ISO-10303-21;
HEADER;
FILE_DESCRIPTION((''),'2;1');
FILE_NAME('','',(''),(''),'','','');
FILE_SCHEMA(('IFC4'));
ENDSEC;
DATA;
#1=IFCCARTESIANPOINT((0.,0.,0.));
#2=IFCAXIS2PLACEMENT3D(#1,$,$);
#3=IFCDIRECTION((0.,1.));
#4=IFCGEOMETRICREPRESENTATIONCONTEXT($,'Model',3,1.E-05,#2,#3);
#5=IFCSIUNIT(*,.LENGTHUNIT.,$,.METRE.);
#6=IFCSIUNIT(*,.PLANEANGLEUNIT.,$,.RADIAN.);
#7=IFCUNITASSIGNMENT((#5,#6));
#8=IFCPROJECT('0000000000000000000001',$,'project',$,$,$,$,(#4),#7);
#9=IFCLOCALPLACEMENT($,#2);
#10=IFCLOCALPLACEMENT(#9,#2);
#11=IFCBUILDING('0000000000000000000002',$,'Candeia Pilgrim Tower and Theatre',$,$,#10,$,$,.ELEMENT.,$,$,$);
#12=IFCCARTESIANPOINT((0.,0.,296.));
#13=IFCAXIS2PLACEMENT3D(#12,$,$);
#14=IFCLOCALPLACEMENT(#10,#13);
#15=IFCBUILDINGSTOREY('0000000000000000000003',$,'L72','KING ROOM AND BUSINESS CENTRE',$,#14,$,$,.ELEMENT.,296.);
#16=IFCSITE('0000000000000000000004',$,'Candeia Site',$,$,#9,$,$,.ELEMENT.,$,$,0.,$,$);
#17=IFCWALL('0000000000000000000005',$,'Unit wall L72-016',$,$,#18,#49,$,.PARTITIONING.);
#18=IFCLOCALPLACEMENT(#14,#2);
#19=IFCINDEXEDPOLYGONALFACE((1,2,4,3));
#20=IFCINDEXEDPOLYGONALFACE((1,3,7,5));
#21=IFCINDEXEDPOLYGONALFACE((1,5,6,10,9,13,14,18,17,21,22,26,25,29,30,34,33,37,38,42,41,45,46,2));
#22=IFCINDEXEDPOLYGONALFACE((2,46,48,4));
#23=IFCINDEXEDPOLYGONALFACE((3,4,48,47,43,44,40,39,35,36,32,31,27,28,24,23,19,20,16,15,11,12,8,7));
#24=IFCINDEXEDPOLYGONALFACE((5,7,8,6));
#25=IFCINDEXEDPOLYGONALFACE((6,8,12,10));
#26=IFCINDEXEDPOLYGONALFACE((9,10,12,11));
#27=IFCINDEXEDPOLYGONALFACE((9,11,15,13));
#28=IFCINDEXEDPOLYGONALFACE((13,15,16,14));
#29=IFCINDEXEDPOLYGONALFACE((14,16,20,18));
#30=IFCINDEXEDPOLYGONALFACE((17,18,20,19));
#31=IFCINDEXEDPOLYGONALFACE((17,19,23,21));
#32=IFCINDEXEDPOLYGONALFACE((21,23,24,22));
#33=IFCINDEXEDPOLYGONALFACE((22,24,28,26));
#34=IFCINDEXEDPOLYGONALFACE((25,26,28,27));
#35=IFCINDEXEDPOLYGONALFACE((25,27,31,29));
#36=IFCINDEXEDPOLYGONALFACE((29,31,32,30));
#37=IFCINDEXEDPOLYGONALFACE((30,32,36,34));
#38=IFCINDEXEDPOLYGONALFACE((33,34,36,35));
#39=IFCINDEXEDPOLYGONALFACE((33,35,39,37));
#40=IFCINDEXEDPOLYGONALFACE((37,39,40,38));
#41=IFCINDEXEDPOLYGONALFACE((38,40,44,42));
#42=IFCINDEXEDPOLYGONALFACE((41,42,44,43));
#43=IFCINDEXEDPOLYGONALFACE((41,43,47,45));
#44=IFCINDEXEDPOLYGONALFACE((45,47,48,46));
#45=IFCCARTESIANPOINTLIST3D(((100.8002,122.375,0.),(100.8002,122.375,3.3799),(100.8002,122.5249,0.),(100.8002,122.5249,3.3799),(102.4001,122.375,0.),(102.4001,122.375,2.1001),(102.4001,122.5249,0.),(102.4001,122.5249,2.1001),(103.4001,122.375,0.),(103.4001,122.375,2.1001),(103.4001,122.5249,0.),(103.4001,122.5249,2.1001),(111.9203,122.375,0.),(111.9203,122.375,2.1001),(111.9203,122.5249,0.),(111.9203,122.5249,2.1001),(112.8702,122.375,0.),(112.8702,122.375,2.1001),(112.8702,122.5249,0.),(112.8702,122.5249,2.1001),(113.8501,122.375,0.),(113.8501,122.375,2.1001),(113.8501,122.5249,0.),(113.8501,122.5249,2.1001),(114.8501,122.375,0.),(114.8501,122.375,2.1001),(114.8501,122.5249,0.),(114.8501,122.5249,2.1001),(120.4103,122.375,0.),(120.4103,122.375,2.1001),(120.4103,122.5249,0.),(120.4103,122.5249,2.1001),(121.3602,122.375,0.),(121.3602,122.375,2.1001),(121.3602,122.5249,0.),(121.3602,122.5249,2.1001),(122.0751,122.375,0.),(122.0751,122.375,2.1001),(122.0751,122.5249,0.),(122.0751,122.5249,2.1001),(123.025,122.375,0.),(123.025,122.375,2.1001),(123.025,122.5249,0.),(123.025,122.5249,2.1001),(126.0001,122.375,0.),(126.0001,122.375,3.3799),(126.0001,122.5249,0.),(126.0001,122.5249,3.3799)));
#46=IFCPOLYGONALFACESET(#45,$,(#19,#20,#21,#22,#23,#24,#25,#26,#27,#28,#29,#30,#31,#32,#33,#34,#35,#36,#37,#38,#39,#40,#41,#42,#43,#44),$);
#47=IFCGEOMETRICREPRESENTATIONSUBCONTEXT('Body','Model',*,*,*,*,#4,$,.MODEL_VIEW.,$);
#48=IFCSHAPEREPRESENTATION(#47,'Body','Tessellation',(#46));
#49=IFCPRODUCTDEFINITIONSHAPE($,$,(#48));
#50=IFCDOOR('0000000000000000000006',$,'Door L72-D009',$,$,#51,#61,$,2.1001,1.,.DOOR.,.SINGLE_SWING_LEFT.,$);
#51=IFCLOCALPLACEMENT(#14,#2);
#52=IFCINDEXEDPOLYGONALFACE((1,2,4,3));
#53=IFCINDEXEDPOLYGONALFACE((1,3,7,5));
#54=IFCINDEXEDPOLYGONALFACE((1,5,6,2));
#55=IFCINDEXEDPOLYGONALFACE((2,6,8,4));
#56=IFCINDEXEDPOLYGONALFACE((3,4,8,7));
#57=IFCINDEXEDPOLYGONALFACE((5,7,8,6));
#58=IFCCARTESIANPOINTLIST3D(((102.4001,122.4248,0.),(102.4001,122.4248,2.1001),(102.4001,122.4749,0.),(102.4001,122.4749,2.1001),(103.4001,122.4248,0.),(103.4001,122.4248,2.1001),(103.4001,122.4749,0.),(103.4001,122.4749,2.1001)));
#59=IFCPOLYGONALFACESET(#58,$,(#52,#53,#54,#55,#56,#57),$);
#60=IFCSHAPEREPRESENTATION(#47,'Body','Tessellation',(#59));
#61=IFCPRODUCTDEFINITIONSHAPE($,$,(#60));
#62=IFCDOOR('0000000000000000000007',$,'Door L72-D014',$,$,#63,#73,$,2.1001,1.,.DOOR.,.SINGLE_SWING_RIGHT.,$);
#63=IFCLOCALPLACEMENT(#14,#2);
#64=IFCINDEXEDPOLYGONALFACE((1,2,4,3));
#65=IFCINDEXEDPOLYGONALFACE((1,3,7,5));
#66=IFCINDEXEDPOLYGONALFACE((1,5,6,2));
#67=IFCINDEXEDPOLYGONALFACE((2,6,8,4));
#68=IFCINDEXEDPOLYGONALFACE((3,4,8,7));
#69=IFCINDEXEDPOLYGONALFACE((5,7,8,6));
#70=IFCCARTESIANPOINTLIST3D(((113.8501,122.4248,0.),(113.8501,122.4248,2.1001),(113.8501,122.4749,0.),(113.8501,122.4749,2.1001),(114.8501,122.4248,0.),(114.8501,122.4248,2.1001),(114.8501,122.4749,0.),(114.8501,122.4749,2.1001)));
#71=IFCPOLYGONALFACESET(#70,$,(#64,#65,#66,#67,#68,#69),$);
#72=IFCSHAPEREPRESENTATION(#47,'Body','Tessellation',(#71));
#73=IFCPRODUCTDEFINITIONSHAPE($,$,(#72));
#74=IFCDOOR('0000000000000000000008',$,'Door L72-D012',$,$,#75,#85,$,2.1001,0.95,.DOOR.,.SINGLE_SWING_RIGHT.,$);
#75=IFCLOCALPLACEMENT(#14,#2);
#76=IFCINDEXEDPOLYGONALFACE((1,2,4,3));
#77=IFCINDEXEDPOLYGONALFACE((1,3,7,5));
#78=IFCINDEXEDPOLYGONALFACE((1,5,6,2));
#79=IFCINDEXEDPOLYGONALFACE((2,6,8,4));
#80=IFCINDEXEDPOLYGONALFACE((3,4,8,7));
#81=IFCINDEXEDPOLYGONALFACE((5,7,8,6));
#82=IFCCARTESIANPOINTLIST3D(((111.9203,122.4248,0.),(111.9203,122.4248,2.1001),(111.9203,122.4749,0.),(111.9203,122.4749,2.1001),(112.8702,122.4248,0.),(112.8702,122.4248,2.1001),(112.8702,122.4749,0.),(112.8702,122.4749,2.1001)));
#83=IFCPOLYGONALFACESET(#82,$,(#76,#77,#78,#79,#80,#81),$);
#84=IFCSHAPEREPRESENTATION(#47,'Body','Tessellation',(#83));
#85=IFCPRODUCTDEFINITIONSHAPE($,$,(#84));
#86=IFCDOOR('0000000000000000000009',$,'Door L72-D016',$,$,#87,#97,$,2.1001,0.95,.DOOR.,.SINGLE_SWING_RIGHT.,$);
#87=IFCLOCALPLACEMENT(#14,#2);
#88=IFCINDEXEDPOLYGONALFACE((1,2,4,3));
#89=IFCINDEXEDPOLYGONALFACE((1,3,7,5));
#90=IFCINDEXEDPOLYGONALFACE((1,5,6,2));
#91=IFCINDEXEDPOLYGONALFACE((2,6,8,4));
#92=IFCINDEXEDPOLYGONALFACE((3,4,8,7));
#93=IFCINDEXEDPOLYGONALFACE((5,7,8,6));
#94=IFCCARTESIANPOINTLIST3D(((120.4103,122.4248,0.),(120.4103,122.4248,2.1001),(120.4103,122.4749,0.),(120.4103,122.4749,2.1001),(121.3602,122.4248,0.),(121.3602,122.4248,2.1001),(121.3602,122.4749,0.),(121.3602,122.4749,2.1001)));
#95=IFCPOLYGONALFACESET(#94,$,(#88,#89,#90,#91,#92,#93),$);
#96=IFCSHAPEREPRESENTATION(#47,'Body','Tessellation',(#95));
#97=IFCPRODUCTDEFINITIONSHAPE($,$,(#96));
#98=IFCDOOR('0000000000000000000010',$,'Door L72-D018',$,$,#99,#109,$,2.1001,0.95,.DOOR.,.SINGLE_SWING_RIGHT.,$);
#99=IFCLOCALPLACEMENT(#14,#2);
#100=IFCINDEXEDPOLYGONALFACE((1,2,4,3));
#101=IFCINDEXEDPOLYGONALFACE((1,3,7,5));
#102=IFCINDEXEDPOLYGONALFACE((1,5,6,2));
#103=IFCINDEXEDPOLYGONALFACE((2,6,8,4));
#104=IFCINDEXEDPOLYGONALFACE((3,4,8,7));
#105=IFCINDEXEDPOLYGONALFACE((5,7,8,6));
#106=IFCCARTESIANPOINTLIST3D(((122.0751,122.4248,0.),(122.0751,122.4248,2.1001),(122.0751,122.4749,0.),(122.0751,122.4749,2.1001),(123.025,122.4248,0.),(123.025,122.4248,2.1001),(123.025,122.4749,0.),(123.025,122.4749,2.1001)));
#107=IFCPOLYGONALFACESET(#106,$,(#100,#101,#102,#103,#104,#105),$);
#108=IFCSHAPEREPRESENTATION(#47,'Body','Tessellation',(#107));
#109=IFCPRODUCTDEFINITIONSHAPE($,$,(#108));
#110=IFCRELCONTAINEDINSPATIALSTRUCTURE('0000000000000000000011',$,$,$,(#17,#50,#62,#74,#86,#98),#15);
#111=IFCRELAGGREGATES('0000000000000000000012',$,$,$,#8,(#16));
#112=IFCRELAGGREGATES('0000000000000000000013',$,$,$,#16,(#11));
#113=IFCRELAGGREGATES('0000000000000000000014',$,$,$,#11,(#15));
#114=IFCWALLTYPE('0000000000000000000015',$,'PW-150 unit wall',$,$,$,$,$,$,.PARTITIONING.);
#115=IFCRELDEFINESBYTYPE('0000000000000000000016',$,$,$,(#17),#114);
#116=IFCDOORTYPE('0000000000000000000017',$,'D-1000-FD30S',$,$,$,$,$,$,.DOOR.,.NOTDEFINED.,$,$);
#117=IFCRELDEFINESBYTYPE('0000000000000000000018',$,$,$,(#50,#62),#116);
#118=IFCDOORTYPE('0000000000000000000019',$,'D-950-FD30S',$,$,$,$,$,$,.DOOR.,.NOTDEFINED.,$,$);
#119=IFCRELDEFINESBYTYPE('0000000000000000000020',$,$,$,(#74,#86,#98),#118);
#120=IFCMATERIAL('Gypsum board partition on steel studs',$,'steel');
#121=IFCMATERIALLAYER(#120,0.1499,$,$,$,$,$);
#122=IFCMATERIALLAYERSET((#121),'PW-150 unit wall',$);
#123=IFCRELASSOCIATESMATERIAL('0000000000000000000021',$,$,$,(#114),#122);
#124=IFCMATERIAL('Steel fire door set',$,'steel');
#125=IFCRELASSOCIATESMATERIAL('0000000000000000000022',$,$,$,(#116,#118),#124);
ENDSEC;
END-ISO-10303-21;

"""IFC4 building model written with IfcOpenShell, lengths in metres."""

from ifc_helpers import new_model, si_unit, direction, frame, frame_2d, origin, place, context, subcontext, project, spatial, rectangle, extrude, material, layer, layer_set, type_object, element, fill, save


model = new_model("IFC4")

# Units and contexts
model_context = context("Model", 3, precision=1e-05, world=origin(), true_north=direction((0.0, 1.0)))
body_context = subcontext(model_context, "Body", "Model", "MODEL_VIEW")
ifc_project = project(units=[si_unit("LENGTHUNIT", "METRE"), si_unit("PLANEANGLEUNIT", "RADIAN")], contexts=[model_context])

# Site, building, storey
site_placement = place(None, origin())
site = spatial("IfcSite", under=ifc_project, at=site_placement, Name="Candeia Site", CompositionType="ELEMENT", RefElevation=0.0)
building_placement = place(site_placement, origin())
building = spatial("IfcBuilding", under=site, at=building_placement, Name="Candeia Pilgrim Tower and Theatre", CompositionType="ELEMENT")
storey_placement = place(building_placement, frame((0.0, 0.0, 296.0)))
storey = spatial("IfcBuildingStorey", under=building, at=storey_placement, Name="L72", Description="KING ROOM AND BUSINESS CENTRE", CompositionType="ELEMENT", Elevation=296.0)

# Shared definitions
ifc_material_1 = material(Name="Gypsum board partition on steel studs", Category="steel")

# Wall, openings, doors
ifc_layer_1 = layer(ifc_material_1, 0.1499)
ifc_layer_set_1 = layer_set([ifc_layer_1], Name="PW-150 unit wall")
wall_type_1 = type_object("IfcWallType", Name="PW-150 unit wall", PredefinedType="PARTITIONING", material=ifc_layer_set_1)
wall_1_placement = place(storey_placement, frame((100.8, 122.45, 0.0), z_axis=(0.0, 0.0, 1.0), x_axis=(1.0, 0.0, 0.0)))
wall_1 = element("IfcWall", 1, at=wall_1_placement, inside=storey, type_object=wall_type_1, Name="Unit wall L72-016", PredefinedType="PARTITIONING", context=body_context, shape_type="SweptSolid", body=[
    extrude(rectangle(XDim=25.2, YDim=0.1499, at=frame_2d((12.6001, 0.0))), origin(), (0.0, 0.0, 1.0), 3.3799),
])
opening_1_placement = place(wall_1_placement, frame((1.6001, 0.0, 0.0)))
opening_1 = element("IfcOpeningElement", 2, at=opening_1_placement, cuts=wall_1, PredefinedType="OPENING", context=body_context, shape_type="SweptSolid", body=[
    extrude(rectangle(XDim=1.0, YDim=2.1001, at=frame_2d((0.5, 1.05))), frame((0.0, 0.085, 0.0), z_axis=(0.0, -1.0, 0.0), x_axis=(1.0, 0.0, 0.0)), (0.0, 0.0, 1.0), 0.1699),
])
opening_2_placement = place(wall_1_placement, frame((11.1201, 0.0, 0.0)))
opening_2 = element("IfcOpeningElement", 3, at=opening_2_placement, cuts=wall_1, PredefinedType="OPENING", context=body_context, shape_type="SweptSolid", body=[
    extrude(rectangle(XDim=0.95, YDim=2.1001, at=frame_2d((0.4751, 1.05))), frame((0.0, 0.085, 0.0), z_axis=(0.0, -1.0, 0.0), x_axis=(1.0, 0.0, 0.0)), (0.0, 0.0, 1.0), 0.1699),
])
opening_3_placement = place(wall_1_placement, frame((13.05, 0.0, 0.0)))
opening_3 = element("IfcOpeningElement", 4, at=opening_3_placement, cuts=wall_1, PredefinedType="OPENING", context=body_context, shape_type="SweptSolid", body=[
    extrude(rectangle(XDim=1.0, YDim=2.1001, at=frame_2d((0.5, 1.05))), frame((0.0, 0.085, 0.0), z_axis=(0.0, -1.0, 0.0), x_axis=(1.0, 0.0, 0.0)), (0.0, 0.0, 1.0), 0.1699),
])
opening_4_placement = place(wall_1_placement, frame((19.6101, 0.0, 0.0)))
opening_4 = element("IfcOpeningElement", 5, at=opening_4_placement, cuts=wall_1, PredefinedType="OPENING", context=body_context, shape_type="SweptSolid", body=[
    extrude(rectangle(XDim=0.95, YDim=2.1001, at=frame_2d((0.4751, 1.05))), frame((0.0, 0.085, 0.0), z_axis=(0.0, -1.0, 0.0), x_axis=(1.0, 0.0, 0.0)), (0.0, 0.0, 1.0), 0.1699),
])
opening_5_placement = place(wall_1_placement, frame((21.2749, 0.0, 0.0)))
opening_5 = element("IfcOpeningElement", 6, at=opening_5_placement, cuts=wall_1, PredefinedType="OPENING", context=body_context, shape_type="SweptSolid", body=[
    extrude(rectangle(XDim=0.95, YDim=2.1001, at=frame_2d((0.4751, 1.05))), frame((0.0, 0.085, 0.0), z_axis=(0.0, -1.0, 0.0), x_axis=(1.0, 0.0, 0.0)), (0.0, 0.0, 1.0), 0.1699),
])
ifc_material_2 = material(Name="Steel fire door set", Category="steel")
door_type_1 = type_object("IfcDoorType", Name="D-1000-FD30S", OperationType="NOTDEFINED", PredefinedType="DOOR", material=ifc_material_2)
door_1_placement = place(opening_1_placement, origin())
door_1 = element("IfcDoor", 7, at=door_1_placement, inside=storey, type_object=door_type_1, Name="Door L72-D009", OperationType="SINGLE_SWING_LEFT", OverallHeight=2.1001, OverallWidth=1.0, PredefinedType="DOOR", context=body_context, shape_type="SweptSolid", body=[
    extrude(rectangle(XDim=1.0, YDim=2.1001, at=frame_2d((0.5, 1.05))), frame((0.0, 0.0249, 0.0), z_axis=(0.0, -1.0, 0.0), x_axis=(1.0, 0.0, 0.0)), (0.0, 0.0, 1.0), 0.05),
])
fill(opening_1, door_1)
door_2_placement = place(opening_3_placement, origin())
door_2 = element("IfcDoor", 8, at=door_2_placement, inside=storey, type_object=door_type_1, Name="Door L72-D014", OperationType="SINGLE_SWING_RIGHT", OverallHeight=2.1001, OverallWidth=1.0, PredefinedType="DOOR", context=body_context, shape_type="SweptSolid", body=[
    extrude(rectangle(XDim=1.0, YDim=2.1001, at=frame_2d((0.5, 1.05))), frame((0.0, 0.0249, 0.0), z_axis=(0.0, -1.0, 0.0), x_axis=(1.0, 0.0, 0.0)), (0.0, 0.0, 1.0), 0.05),
])
fill(opening_3, door_2)
door_type_2 = type_object("IfcDoorType", Name="D-950-FD30S", OperationType="NOTDEFINED", PredefinedType="DOOR", material=ifc_material_2)
door_3_placement = place(opening_2_placement, origin())
door_3 = element("IfcDoor", 9, at=door_3_placement, inside=storey, type_object=door_type_2, Name="Door L72-D012", OperationType="SINGLE_SWING_RIGHT", OverallHeight=2.1001, OverallWidth=0.95, PredefinedType="DOOR", context=body_context, shape_type="SweptSolid", body=[
    extrude(rectangle(XDim=0.95, YDim=2.1001, at=frame_2d((0.4751, 1.05))), frame((0.0, 0.0249, 0.0), z_axis=(0.0, -1.0, 0.0), x_axis=(1.0, 0.0, 0.0)), (0.0, 0.0, 1.0), 0.05),
])
fill(opening_2, door_3)
door_4_placement = place(opening_4_placement, origin())
door_4 = element("IfcDoor", 10, at=door_4_placement, inside=storey, type_object=door_type_2, Name="Door L72-D016", OperationType="SINGLE_SWING_RIGHT", OverallHeight=2.1001, OverallWidth=0.95, PredefinedType="DOOR", context=body_context, shape_type="SweptSolid", body=[
    extrude(rectangle(XDim=0.95, YDim=2.1001, at=frame_2d((0.4751, 1.05))), frame((0.0, 0.0249, 0.0), z_axis=(0.0, -1.0, 0.0), x_axis=(1.0, 0.0, 0.0)), (0.0, 0.0, 1.0), 0.05),
])
fill(opening_4, door_4)
door_5_placement = place(opening_5_placement, origin())
door_5 = element("IfcDoor", 11, at=door_5_placement, inside=storey, type_object=door_type_2, Name="Door L72-D018", OperationType="SINGLE_SWING_RIGHT", OverallHeight=2.1001, OverallWidth=0.95, PredefinedType="DOOR", context=body_context, shape_type="SweptSolid", body=[
    extrude(rectangle(XDim=0.95, YDim=2.1001, at=frame_2d((0.4751, 1.05))), frame((0.0, 0.0249, 0.0), z_axis=(0.0, -1.0, 0.0), x_axis=(1.0, 0.0, 0.0)), (0.0, 0.0, 1.0), 0.05),
])
fill(opening_5, door_5)

save(model, "model.ifc")
